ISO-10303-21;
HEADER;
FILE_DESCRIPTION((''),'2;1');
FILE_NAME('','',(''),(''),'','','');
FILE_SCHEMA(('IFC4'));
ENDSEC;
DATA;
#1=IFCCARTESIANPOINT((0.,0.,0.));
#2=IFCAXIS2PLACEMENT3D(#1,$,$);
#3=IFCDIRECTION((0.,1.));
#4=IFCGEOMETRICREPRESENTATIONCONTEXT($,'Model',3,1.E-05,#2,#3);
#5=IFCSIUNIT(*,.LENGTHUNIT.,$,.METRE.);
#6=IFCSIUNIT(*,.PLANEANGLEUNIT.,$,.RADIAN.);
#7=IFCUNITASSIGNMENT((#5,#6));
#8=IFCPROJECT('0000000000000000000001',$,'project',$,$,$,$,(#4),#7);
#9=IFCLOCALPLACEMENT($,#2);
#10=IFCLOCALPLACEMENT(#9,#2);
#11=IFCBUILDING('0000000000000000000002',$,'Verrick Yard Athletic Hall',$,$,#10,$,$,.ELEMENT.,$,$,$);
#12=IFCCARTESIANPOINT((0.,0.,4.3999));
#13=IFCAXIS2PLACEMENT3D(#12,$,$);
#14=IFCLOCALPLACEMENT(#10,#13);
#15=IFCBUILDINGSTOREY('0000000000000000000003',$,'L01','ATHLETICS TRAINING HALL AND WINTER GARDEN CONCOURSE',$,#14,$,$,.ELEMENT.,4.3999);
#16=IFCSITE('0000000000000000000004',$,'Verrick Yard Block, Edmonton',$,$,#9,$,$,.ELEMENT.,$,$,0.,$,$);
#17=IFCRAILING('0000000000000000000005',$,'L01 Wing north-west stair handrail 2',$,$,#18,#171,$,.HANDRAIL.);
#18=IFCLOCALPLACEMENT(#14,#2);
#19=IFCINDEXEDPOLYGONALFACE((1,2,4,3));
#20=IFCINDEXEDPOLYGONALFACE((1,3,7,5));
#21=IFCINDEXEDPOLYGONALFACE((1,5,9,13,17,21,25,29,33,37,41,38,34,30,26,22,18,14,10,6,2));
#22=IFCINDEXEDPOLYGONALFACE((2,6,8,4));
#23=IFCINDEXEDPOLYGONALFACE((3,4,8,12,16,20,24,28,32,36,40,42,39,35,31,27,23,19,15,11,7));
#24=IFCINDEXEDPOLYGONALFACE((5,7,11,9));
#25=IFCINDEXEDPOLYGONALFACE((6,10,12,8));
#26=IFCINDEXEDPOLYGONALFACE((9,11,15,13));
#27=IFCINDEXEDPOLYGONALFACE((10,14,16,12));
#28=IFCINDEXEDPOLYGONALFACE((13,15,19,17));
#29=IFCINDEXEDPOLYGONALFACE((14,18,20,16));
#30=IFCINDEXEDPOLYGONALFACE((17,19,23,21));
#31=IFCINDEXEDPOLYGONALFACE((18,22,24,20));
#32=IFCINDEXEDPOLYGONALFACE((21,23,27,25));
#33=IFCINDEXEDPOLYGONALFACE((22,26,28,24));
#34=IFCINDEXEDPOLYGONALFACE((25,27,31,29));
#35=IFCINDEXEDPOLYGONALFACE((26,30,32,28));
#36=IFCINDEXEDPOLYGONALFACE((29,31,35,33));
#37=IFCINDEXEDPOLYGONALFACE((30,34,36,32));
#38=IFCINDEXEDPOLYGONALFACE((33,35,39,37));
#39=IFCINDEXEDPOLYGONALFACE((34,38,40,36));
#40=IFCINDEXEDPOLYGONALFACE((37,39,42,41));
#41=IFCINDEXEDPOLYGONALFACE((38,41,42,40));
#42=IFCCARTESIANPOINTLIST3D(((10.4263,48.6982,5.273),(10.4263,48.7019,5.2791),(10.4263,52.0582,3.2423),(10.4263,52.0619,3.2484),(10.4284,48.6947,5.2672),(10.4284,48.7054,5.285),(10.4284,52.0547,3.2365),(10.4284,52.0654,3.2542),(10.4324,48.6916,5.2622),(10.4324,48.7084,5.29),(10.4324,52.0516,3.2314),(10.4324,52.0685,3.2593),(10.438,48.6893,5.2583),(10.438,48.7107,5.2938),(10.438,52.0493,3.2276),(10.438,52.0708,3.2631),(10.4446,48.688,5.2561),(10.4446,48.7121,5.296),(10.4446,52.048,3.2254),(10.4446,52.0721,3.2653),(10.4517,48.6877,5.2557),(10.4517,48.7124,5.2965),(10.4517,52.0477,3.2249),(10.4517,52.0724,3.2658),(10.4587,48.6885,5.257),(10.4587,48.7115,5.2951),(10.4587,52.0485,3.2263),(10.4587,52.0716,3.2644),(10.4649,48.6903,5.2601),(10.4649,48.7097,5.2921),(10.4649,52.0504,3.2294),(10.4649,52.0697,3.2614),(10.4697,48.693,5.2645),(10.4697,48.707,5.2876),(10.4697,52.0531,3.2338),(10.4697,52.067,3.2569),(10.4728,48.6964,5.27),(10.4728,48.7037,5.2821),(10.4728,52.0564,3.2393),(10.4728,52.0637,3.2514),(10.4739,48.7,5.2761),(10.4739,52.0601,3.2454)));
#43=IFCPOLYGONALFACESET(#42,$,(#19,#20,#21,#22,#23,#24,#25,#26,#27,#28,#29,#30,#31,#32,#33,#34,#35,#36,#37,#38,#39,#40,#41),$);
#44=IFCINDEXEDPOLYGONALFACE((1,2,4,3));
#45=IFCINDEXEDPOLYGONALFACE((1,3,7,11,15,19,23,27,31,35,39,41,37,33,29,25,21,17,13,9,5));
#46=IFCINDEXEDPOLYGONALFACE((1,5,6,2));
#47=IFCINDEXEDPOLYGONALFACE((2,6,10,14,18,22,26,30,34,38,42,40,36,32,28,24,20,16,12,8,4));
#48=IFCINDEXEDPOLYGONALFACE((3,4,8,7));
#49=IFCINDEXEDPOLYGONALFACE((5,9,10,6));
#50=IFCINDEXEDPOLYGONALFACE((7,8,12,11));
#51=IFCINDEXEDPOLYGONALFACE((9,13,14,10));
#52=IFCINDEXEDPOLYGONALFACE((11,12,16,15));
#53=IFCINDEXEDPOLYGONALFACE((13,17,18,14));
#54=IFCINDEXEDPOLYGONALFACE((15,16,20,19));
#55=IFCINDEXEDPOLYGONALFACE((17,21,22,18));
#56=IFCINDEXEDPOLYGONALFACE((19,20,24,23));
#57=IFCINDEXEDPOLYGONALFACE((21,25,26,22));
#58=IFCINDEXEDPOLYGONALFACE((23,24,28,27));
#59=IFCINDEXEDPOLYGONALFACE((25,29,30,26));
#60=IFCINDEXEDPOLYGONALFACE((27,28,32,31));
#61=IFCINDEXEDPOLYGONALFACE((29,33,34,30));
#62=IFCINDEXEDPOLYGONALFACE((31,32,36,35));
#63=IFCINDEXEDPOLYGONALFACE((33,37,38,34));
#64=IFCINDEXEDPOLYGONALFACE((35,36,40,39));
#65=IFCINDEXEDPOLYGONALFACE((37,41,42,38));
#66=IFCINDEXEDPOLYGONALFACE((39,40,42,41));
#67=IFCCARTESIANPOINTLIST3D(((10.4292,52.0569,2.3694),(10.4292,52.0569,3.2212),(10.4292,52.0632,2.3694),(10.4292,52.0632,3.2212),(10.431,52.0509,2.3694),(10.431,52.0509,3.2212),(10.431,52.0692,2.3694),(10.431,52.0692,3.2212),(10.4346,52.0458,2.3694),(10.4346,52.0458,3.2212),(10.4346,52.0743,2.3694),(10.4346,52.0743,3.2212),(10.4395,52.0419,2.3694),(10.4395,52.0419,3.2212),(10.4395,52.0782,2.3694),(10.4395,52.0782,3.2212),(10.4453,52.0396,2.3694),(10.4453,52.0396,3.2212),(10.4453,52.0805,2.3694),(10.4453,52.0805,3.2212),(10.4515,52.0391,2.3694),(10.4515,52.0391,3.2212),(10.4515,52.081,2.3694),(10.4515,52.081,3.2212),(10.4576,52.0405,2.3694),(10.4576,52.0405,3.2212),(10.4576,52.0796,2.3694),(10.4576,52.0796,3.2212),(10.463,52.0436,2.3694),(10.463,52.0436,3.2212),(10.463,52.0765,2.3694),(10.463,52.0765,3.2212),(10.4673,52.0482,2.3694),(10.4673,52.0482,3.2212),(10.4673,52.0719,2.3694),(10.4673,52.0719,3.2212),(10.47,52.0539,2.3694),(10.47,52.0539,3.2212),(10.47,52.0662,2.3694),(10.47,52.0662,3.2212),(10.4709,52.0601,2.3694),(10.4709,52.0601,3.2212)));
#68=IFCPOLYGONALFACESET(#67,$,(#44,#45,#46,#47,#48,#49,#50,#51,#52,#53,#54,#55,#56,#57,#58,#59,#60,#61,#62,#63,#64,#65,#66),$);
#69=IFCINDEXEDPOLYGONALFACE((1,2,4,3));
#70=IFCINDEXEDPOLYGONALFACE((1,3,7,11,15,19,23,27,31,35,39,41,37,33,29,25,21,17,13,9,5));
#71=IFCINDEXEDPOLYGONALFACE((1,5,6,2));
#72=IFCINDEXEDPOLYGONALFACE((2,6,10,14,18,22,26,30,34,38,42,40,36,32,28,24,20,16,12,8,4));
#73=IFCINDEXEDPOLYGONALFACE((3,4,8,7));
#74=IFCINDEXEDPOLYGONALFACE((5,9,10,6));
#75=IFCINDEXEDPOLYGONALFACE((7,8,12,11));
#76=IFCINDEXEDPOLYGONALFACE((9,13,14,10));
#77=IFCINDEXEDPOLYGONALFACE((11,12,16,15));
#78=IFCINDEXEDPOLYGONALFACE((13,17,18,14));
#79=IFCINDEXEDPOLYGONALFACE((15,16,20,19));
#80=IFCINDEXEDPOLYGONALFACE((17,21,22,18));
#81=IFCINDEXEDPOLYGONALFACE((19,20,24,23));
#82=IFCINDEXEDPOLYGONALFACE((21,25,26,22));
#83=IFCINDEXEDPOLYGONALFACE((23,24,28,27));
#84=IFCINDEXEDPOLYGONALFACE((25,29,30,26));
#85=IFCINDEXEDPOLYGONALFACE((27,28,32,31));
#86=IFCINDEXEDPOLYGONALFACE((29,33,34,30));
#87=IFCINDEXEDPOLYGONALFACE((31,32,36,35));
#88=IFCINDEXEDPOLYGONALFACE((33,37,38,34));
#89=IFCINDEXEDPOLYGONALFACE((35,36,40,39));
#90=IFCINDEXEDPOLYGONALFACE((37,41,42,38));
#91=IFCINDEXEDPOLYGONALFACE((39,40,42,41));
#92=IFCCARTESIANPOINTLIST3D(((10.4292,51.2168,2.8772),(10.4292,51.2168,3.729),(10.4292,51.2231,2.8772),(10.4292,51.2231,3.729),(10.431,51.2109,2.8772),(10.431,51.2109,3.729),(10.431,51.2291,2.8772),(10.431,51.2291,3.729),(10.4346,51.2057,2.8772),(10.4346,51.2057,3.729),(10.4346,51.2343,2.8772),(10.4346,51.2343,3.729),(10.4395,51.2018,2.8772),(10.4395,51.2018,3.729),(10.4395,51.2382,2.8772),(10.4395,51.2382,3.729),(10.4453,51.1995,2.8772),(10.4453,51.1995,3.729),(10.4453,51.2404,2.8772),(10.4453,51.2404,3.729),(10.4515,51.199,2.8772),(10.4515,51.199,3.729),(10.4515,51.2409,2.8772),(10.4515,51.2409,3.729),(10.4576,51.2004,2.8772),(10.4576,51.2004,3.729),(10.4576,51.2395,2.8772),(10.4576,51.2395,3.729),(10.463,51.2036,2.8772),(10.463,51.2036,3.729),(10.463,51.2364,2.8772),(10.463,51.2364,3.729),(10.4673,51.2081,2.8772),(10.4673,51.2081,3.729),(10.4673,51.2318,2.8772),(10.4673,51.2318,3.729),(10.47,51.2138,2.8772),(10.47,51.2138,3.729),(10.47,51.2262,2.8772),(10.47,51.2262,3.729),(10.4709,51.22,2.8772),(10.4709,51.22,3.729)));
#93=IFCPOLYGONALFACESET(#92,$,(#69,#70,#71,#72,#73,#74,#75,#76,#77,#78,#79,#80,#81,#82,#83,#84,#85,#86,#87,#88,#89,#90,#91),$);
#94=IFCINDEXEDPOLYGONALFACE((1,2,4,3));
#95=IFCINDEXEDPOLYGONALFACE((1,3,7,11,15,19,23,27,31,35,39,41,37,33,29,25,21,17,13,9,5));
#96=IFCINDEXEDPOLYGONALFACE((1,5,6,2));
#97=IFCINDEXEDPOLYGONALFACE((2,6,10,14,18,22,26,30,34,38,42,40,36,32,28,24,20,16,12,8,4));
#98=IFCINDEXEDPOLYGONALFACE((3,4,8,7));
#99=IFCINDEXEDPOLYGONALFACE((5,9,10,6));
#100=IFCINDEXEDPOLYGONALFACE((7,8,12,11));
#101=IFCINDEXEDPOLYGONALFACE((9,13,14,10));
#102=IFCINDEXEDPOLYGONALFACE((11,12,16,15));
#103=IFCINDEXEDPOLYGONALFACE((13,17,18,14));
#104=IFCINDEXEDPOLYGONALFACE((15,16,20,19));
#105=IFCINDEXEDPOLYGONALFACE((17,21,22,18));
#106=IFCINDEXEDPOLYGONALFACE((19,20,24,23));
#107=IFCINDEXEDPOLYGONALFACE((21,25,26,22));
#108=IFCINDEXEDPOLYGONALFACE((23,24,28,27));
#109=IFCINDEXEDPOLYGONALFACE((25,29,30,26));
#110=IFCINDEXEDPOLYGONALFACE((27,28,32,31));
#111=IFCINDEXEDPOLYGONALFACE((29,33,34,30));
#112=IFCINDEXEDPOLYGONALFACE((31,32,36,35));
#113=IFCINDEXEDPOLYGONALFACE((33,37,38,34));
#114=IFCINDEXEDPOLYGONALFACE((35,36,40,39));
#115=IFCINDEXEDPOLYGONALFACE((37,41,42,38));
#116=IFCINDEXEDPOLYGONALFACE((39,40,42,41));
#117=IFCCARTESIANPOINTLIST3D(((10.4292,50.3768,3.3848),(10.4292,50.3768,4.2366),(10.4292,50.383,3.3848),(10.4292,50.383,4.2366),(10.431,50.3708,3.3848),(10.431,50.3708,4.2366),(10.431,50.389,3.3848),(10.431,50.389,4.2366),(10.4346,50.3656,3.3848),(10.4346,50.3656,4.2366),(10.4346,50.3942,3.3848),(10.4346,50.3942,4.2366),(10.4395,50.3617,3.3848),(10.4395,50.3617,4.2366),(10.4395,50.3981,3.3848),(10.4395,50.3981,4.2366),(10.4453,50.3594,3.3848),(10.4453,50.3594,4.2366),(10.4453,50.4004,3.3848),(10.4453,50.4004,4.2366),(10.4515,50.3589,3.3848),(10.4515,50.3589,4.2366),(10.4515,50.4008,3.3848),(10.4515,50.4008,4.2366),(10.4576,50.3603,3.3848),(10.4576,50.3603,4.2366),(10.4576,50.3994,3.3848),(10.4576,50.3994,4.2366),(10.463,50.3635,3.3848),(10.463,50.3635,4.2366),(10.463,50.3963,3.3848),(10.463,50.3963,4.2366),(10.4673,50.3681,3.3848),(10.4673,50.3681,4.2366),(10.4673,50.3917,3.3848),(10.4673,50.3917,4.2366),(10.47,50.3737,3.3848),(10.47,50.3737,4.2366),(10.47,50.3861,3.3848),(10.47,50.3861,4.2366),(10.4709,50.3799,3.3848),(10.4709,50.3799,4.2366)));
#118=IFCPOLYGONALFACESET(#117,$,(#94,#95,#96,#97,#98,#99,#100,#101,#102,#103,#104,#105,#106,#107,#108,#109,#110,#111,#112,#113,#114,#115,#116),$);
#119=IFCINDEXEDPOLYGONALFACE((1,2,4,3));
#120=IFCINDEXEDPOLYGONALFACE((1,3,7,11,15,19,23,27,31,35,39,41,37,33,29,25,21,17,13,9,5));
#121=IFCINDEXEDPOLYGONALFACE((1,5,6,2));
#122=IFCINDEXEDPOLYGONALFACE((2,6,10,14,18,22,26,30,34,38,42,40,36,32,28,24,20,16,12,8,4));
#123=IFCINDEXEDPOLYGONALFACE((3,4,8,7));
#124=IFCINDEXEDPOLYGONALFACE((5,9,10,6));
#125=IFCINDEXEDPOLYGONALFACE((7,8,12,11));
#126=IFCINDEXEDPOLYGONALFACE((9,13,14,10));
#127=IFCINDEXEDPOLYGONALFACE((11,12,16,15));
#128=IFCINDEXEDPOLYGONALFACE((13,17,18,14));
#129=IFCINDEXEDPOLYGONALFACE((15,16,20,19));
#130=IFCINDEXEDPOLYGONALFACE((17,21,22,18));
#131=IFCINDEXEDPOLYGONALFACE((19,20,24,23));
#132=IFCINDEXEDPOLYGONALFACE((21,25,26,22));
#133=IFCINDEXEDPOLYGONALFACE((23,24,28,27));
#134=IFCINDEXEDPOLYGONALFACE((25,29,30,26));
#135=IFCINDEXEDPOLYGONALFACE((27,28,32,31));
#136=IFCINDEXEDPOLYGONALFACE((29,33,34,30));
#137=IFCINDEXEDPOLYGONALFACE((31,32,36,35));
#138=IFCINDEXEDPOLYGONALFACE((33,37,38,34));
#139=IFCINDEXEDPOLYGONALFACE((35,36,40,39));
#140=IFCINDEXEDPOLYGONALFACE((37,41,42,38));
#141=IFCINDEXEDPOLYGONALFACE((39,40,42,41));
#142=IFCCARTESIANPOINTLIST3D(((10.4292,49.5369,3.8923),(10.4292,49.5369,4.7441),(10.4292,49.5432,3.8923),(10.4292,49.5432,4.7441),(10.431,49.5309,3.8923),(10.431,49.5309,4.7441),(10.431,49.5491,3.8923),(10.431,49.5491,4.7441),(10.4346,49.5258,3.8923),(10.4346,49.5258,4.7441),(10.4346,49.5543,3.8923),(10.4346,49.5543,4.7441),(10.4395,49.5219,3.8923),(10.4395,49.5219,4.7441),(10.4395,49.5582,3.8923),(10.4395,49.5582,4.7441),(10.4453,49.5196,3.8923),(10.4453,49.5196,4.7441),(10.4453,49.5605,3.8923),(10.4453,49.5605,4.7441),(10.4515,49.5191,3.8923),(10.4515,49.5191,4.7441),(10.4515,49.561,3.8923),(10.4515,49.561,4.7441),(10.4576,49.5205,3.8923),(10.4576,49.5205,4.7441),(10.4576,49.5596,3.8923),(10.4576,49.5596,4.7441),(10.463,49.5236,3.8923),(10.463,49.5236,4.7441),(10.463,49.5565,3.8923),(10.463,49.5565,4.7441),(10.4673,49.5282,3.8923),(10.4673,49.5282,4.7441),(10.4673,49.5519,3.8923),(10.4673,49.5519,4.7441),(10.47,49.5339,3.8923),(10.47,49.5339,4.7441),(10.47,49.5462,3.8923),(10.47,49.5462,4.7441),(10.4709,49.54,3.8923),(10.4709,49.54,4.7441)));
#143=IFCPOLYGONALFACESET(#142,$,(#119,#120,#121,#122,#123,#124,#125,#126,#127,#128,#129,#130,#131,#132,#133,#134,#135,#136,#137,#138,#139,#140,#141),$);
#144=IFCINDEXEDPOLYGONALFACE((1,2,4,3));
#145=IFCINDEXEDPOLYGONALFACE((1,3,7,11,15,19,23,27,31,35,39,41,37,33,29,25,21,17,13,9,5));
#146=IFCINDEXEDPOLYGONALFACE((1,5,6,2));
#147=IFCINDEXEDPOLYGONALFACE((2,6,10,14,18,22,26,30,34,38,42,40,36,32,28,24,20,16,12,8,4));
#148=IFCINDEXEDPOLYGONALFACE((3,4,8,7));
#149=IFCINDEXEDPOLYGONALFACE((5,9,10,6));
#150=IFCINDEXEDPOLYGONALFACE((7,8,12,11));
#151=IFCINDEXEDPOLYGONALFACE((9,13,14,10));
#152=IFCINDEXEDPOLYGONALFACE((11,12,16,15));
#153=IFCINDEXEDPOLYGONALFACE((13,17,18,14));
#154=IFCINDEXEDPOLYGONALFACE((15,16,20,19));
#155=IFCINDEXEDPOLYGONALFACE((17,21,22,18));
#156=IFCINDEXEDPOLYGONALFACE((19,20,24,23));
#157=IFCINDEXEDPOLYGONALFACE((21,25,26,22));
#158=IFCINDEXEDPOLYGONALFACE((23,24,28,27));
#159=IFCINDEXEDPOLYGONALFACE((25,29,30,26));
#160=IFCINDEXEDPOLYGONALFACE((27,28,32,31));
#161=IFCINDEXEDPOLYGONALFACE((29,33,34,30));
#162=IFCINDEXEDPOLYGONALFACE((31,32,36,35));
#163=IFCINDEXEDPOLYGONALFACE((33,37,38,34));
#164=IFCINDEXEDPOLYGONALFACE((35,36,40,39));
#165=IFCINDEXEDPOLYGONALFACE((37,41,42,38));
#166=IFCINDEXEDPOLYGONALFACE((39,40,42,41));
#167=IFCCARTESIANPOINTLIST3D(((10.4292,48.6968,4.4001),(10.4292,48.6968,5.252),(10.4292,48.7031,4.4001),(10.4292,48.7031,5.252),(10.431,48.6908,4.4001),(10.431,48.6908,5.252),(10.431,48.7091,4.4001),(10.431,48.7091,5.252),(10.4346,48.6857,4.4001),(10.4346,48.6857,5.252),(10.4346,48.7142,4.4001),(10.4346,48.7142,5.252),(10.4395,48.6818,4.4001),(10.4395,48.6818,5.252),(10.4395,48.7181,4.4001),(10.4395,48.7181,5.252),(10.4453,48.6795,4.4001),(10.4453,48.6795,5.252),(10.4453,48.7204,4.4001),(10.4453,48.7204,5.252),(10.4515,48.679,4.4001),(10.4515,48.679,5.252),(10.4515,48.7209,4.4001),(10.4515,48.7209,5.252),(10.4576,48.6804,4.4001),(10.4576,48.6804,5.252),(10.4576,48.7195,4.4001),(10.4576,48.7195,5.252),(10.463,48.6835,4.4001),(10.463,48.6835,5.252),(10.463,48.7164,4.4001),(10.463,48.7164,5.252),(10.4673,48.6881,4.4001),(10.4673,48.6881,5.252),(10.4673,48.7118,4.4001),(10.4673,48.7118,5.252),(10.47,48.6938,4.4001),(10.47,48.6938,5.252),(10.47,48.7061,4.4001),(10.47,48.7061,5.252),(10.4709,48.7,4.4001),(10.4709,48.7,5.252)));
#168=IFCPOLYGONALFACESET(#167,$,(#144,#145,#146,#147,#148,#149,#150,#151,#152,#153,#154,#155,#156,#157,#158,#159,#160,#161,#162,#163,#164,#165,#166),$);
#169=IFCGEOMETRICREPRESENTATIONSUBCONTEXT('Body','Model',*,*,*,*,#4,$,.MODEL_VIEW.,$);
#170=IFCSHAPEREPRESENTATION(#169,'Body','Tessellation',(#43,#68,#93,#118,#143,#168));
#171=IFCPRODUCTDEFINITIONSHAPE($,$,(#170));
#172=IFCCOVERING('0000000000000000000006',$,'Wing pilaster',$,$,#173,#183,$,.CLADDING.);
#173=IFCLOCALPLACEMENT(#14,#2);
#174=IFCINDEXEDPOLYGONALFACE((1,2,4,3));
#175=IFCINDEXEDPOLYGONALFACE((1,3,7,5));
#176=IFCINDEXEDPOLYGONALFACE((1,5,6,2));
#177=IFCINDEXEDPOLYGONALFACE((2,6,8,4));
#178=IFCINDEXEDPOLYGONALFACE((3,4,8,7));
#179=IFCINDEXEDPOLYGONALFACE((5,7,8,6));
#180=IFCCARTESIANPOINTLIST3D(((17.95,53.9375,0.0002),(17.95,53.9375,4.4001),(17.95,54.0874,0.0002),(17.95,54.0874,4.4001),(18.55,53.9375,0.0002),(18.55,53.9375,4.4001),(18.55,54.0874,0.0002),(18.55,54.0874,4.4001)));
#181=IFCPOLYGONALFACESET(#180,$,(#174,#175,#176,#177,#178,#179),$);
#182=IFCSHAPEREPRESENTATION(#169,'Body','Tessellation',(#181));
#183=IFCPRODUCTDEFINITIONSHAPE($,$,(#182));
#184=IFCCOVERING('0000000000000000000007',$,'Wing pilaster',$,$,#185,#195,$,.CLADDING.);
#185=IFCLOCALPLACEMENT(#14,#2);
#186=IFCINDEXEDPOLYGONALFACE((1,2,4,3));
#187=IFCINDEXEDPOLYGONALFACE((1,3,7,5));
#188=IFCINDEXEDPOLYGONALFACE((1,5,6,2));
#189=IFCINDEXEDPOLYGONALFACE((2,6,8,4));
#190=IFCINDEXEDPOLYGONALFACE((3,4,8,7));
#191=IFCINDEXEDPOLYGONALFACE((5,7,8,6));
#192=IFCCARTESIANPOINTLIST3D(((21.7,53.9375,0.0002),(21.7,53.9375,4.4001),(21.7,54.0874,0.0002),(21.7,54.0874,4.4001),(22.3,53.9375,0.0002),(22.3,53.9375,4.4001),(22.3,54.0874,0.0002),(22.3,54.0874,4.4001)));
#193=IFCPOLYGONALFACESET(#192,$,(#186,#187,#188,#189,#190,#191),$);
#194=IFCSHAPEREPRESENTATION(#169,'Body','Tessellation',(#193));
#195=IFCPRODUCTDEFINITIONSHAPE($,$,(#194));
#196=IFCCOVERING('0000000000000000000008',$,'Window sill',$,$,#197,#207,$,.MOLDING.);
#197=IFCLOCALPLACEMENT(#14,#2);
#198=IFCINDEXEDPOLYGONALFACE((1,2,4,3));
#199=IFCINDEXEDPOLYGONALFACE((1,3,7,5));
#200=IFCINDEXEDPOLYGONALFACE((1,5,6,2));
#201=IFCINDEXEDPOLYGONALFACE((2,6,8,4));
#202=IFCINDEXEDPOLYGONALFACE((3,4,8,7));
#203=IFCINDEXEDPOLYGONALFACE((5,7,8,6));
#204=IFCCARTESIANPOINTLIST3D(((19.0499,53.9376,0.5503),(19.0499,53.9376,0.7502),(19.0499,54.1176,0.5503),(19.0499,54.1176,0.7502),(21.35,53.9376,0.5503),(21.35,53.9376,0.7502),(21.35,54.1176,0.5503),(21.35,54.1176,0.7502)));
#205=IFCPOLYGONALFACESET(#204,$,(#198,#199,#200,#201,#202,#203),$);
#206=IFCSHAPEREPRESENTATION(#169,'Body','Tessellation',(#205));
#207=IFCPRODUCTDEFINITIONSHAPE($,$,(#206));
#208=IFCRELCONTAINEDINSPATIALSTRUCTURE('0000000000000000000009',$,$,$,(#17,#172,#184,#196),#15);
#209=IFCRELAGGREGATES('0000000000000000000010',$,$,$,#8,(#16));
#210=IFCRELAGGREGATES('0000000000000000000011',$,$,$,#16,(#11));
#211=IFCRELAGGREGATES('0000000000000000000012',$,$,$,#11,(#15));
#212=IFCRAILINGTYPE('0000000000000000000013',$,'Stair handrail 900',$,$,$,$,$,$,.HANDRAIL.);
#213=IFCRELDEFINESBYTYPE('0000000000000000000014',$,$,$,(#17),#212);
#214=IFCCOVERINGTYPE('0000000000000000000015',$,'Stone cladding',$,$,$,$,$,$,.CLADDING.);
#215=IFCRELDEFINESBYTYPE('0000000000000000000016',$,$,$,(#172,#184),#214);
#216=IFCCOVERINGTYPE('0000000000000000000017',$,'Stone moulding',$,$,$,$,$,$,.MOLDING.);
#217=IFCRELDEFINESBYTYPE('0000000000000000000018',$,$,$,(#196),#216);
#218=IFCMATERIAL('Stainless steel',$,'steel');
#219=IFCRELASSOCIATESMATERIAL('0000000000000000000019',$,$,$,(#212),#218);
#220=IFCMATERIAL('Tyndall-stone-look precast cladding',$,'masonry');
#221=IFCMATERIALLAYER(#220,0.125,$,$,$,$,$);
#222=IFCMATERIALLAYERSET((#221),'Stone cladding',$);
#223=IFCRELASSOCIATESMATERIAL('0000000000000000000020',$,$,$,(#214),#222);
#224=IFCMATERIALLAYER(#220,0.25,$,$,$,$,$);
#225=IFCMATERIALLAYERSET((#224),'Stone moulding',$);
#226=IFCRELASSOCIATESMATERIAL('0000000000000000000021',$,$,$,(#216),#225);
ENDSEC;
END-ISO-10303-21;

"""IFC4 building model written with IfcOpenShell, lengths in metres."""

from ifc_helpers import new_model, si_unit, direction, frame, origin, origin_2d, place, context, subcontext, project, spatial, rectangle, circle, extrude, material, layer, layer_set, type_object, element, save


model = new_model("IFC4")

# Units and contexts
model_context = context("Model", 3, precision=1e-05, world=origin(), true_north=direction((0.0, 1.0)))
body_context = subcontext(model_context, "Body", "Model", "MODEL_VIEW")
ifc_project = project(units=[si_unit("LENGTHUNIT", "METRE"), si_unit("PLANEANGLEUNIT", "RADIAN")], contexts=[model_context])

# Site, building, storey
site_placement = place(None, origin())
site = spatial("IfcSite", under=ifc_project, at=site_placement, Name="Verrick Yard Block, Edmonton", CompositionType="ELEMENT", RefElevation=0.0)
building_placement = place(site_placement, origin())
building = spatial("IfcBuilding", under=site, at=building_placement, Name="Verrick Yard Athletic Hall", CompositionType="ELEMENT")
storey_placement = place(building_placement, frame((0.0, 0.0, 4.3999)))
storey = spatial("IfcBuildingStorey", under=building, at=storey_placement, Name="L01", Description="ATHLETICS TRAINING HALL AND WINTER GARDEN CONCOURSE", CompositionType="ELEMENT", Elevation=4.3999)

# Railing
ifc_material_1 = material(Name="Stainless steel", Category="steel")
railing_type_1 = type_object("IfcRailingType", Name="Stair handrail 900", PredefinedType="HANDRAIL", material=ifc_material_1)
railing_1_placement = place(storey_placement, frame((10.45, 52.0601, 2.3694)))
element("IfcRailing", 1, at=railing_1_placement, inside=storey, type_object=railing_type_1, Name="L01 Wing north-west stair handrail 2", PredefinedType="HANDRAIL", context=body_context, shape_type="SweptSolid", body=[
    extrude(circle(Radius=0.0239, at=origin_2d()), frame((0.0, 0.0, 0.876), z_axis=(0.0, -0.855837, 0.517246), x_axis=(1.0, 0.0, 0.0)), (0.0, 0.0, 1.0), 3.926),
    extrude(circle(Radius=0.021, at=origin_2d()), origin(), (0.0, 0.0, 1.0), 0.8518),
    extrude(circle(Radius=0.021, at=origin_2d()), frame((0.0, -0.8401, 0.5078)), (0.0, 0.0, 1.0), 0.8518),
    extrude(circle(Radius=0.021, at=origin_2d()), frame((0.0, -1.6802, 1.0154)), (0.0, 0.0, 1.0), 0.8518),
    extrude(circle(Radius=0.021, at=origin_2d()), frame((0.0, -2.52, 1.5229)), (0.0, 0.0, 1.0), 0.8518),
    extrude(circle(Radius=0.021, at=origin_2d()), frame((0.0, -3.3601, 2.0308)), (0.0, 0.0, 1.0), 0.8518),
])

# Coverings
ifc_material_2 = material(Name="Tyndall-stone-look precast cladding", Category="masonry")
ifc_layer_1 = layer(ifc_material_2, 0.125)
ifc_layer_set_1 = layer_set([ifc_layer_1], Name="Stone cladding")
covering_type_1 = type_object("IfcCoveringType", Name="Stone cladding", PredefinedType="CLADDING", material=ifc_layer_set_1)
for number, where, z_axis, x_axis, name in (
    (2, (18.25, 54.0125, 0.0002), (0.0, 0.0, 1.0), (1.0, 0.0, 0.0), "Wing pilaster"),
    (3, (22.0, 54.0125, 0.0002), (0.0, 0.0, 1.0), (1.0, 0.0, 0.0), "Wing pilaster"),
):
    element("IfcCovering", number, at=place(storey_placement, frame(where, z_axis=z_axis, x_axis=x_axis)), inside=storey, type_object=covering_type_1, Name=name, PredefinedType="CLADDING", context=body_context, shape_type="SweptSolid", body=[
        extrude(rectangle(XDim=0.6001, YDim=0.1499, at=origin_2d()), origin(), (0.0, 0.0, 1.0), 4.3999),
    ])
ifc_layer_2 = layer(ifc_material_2, 0.25)
ifc_layer_set_2 = layer_set([ifc_layer_2], Name="Stone moulding")
covering_type_2 = type_object("IfcCoveringType", Name="Stone moulding", PredefinedType="MOLDING", material=ifc_layer_set_2)
covering_1_placement = place(storey_placement, frame((20.2, 54.0276, 0.5503), z_axis=(0.0, 0.0, 1.0), x_axis=(1.0, 0.0, 0.0)))
element("IfcCovering", 4, at=covering_1_placement, inside=storey, type_object=covering_type_2, Name="Window sill", PredefinedType="MOLDING", context=body_context, shape_type="SweptSolid", body=[
    extrude(rectangle(XDim=2.3, YDim=0.1799, at=origin_2d()), origin(), (0.0, 0.0, 1.0), 0.2),
])

save(model, "model.ifc")
